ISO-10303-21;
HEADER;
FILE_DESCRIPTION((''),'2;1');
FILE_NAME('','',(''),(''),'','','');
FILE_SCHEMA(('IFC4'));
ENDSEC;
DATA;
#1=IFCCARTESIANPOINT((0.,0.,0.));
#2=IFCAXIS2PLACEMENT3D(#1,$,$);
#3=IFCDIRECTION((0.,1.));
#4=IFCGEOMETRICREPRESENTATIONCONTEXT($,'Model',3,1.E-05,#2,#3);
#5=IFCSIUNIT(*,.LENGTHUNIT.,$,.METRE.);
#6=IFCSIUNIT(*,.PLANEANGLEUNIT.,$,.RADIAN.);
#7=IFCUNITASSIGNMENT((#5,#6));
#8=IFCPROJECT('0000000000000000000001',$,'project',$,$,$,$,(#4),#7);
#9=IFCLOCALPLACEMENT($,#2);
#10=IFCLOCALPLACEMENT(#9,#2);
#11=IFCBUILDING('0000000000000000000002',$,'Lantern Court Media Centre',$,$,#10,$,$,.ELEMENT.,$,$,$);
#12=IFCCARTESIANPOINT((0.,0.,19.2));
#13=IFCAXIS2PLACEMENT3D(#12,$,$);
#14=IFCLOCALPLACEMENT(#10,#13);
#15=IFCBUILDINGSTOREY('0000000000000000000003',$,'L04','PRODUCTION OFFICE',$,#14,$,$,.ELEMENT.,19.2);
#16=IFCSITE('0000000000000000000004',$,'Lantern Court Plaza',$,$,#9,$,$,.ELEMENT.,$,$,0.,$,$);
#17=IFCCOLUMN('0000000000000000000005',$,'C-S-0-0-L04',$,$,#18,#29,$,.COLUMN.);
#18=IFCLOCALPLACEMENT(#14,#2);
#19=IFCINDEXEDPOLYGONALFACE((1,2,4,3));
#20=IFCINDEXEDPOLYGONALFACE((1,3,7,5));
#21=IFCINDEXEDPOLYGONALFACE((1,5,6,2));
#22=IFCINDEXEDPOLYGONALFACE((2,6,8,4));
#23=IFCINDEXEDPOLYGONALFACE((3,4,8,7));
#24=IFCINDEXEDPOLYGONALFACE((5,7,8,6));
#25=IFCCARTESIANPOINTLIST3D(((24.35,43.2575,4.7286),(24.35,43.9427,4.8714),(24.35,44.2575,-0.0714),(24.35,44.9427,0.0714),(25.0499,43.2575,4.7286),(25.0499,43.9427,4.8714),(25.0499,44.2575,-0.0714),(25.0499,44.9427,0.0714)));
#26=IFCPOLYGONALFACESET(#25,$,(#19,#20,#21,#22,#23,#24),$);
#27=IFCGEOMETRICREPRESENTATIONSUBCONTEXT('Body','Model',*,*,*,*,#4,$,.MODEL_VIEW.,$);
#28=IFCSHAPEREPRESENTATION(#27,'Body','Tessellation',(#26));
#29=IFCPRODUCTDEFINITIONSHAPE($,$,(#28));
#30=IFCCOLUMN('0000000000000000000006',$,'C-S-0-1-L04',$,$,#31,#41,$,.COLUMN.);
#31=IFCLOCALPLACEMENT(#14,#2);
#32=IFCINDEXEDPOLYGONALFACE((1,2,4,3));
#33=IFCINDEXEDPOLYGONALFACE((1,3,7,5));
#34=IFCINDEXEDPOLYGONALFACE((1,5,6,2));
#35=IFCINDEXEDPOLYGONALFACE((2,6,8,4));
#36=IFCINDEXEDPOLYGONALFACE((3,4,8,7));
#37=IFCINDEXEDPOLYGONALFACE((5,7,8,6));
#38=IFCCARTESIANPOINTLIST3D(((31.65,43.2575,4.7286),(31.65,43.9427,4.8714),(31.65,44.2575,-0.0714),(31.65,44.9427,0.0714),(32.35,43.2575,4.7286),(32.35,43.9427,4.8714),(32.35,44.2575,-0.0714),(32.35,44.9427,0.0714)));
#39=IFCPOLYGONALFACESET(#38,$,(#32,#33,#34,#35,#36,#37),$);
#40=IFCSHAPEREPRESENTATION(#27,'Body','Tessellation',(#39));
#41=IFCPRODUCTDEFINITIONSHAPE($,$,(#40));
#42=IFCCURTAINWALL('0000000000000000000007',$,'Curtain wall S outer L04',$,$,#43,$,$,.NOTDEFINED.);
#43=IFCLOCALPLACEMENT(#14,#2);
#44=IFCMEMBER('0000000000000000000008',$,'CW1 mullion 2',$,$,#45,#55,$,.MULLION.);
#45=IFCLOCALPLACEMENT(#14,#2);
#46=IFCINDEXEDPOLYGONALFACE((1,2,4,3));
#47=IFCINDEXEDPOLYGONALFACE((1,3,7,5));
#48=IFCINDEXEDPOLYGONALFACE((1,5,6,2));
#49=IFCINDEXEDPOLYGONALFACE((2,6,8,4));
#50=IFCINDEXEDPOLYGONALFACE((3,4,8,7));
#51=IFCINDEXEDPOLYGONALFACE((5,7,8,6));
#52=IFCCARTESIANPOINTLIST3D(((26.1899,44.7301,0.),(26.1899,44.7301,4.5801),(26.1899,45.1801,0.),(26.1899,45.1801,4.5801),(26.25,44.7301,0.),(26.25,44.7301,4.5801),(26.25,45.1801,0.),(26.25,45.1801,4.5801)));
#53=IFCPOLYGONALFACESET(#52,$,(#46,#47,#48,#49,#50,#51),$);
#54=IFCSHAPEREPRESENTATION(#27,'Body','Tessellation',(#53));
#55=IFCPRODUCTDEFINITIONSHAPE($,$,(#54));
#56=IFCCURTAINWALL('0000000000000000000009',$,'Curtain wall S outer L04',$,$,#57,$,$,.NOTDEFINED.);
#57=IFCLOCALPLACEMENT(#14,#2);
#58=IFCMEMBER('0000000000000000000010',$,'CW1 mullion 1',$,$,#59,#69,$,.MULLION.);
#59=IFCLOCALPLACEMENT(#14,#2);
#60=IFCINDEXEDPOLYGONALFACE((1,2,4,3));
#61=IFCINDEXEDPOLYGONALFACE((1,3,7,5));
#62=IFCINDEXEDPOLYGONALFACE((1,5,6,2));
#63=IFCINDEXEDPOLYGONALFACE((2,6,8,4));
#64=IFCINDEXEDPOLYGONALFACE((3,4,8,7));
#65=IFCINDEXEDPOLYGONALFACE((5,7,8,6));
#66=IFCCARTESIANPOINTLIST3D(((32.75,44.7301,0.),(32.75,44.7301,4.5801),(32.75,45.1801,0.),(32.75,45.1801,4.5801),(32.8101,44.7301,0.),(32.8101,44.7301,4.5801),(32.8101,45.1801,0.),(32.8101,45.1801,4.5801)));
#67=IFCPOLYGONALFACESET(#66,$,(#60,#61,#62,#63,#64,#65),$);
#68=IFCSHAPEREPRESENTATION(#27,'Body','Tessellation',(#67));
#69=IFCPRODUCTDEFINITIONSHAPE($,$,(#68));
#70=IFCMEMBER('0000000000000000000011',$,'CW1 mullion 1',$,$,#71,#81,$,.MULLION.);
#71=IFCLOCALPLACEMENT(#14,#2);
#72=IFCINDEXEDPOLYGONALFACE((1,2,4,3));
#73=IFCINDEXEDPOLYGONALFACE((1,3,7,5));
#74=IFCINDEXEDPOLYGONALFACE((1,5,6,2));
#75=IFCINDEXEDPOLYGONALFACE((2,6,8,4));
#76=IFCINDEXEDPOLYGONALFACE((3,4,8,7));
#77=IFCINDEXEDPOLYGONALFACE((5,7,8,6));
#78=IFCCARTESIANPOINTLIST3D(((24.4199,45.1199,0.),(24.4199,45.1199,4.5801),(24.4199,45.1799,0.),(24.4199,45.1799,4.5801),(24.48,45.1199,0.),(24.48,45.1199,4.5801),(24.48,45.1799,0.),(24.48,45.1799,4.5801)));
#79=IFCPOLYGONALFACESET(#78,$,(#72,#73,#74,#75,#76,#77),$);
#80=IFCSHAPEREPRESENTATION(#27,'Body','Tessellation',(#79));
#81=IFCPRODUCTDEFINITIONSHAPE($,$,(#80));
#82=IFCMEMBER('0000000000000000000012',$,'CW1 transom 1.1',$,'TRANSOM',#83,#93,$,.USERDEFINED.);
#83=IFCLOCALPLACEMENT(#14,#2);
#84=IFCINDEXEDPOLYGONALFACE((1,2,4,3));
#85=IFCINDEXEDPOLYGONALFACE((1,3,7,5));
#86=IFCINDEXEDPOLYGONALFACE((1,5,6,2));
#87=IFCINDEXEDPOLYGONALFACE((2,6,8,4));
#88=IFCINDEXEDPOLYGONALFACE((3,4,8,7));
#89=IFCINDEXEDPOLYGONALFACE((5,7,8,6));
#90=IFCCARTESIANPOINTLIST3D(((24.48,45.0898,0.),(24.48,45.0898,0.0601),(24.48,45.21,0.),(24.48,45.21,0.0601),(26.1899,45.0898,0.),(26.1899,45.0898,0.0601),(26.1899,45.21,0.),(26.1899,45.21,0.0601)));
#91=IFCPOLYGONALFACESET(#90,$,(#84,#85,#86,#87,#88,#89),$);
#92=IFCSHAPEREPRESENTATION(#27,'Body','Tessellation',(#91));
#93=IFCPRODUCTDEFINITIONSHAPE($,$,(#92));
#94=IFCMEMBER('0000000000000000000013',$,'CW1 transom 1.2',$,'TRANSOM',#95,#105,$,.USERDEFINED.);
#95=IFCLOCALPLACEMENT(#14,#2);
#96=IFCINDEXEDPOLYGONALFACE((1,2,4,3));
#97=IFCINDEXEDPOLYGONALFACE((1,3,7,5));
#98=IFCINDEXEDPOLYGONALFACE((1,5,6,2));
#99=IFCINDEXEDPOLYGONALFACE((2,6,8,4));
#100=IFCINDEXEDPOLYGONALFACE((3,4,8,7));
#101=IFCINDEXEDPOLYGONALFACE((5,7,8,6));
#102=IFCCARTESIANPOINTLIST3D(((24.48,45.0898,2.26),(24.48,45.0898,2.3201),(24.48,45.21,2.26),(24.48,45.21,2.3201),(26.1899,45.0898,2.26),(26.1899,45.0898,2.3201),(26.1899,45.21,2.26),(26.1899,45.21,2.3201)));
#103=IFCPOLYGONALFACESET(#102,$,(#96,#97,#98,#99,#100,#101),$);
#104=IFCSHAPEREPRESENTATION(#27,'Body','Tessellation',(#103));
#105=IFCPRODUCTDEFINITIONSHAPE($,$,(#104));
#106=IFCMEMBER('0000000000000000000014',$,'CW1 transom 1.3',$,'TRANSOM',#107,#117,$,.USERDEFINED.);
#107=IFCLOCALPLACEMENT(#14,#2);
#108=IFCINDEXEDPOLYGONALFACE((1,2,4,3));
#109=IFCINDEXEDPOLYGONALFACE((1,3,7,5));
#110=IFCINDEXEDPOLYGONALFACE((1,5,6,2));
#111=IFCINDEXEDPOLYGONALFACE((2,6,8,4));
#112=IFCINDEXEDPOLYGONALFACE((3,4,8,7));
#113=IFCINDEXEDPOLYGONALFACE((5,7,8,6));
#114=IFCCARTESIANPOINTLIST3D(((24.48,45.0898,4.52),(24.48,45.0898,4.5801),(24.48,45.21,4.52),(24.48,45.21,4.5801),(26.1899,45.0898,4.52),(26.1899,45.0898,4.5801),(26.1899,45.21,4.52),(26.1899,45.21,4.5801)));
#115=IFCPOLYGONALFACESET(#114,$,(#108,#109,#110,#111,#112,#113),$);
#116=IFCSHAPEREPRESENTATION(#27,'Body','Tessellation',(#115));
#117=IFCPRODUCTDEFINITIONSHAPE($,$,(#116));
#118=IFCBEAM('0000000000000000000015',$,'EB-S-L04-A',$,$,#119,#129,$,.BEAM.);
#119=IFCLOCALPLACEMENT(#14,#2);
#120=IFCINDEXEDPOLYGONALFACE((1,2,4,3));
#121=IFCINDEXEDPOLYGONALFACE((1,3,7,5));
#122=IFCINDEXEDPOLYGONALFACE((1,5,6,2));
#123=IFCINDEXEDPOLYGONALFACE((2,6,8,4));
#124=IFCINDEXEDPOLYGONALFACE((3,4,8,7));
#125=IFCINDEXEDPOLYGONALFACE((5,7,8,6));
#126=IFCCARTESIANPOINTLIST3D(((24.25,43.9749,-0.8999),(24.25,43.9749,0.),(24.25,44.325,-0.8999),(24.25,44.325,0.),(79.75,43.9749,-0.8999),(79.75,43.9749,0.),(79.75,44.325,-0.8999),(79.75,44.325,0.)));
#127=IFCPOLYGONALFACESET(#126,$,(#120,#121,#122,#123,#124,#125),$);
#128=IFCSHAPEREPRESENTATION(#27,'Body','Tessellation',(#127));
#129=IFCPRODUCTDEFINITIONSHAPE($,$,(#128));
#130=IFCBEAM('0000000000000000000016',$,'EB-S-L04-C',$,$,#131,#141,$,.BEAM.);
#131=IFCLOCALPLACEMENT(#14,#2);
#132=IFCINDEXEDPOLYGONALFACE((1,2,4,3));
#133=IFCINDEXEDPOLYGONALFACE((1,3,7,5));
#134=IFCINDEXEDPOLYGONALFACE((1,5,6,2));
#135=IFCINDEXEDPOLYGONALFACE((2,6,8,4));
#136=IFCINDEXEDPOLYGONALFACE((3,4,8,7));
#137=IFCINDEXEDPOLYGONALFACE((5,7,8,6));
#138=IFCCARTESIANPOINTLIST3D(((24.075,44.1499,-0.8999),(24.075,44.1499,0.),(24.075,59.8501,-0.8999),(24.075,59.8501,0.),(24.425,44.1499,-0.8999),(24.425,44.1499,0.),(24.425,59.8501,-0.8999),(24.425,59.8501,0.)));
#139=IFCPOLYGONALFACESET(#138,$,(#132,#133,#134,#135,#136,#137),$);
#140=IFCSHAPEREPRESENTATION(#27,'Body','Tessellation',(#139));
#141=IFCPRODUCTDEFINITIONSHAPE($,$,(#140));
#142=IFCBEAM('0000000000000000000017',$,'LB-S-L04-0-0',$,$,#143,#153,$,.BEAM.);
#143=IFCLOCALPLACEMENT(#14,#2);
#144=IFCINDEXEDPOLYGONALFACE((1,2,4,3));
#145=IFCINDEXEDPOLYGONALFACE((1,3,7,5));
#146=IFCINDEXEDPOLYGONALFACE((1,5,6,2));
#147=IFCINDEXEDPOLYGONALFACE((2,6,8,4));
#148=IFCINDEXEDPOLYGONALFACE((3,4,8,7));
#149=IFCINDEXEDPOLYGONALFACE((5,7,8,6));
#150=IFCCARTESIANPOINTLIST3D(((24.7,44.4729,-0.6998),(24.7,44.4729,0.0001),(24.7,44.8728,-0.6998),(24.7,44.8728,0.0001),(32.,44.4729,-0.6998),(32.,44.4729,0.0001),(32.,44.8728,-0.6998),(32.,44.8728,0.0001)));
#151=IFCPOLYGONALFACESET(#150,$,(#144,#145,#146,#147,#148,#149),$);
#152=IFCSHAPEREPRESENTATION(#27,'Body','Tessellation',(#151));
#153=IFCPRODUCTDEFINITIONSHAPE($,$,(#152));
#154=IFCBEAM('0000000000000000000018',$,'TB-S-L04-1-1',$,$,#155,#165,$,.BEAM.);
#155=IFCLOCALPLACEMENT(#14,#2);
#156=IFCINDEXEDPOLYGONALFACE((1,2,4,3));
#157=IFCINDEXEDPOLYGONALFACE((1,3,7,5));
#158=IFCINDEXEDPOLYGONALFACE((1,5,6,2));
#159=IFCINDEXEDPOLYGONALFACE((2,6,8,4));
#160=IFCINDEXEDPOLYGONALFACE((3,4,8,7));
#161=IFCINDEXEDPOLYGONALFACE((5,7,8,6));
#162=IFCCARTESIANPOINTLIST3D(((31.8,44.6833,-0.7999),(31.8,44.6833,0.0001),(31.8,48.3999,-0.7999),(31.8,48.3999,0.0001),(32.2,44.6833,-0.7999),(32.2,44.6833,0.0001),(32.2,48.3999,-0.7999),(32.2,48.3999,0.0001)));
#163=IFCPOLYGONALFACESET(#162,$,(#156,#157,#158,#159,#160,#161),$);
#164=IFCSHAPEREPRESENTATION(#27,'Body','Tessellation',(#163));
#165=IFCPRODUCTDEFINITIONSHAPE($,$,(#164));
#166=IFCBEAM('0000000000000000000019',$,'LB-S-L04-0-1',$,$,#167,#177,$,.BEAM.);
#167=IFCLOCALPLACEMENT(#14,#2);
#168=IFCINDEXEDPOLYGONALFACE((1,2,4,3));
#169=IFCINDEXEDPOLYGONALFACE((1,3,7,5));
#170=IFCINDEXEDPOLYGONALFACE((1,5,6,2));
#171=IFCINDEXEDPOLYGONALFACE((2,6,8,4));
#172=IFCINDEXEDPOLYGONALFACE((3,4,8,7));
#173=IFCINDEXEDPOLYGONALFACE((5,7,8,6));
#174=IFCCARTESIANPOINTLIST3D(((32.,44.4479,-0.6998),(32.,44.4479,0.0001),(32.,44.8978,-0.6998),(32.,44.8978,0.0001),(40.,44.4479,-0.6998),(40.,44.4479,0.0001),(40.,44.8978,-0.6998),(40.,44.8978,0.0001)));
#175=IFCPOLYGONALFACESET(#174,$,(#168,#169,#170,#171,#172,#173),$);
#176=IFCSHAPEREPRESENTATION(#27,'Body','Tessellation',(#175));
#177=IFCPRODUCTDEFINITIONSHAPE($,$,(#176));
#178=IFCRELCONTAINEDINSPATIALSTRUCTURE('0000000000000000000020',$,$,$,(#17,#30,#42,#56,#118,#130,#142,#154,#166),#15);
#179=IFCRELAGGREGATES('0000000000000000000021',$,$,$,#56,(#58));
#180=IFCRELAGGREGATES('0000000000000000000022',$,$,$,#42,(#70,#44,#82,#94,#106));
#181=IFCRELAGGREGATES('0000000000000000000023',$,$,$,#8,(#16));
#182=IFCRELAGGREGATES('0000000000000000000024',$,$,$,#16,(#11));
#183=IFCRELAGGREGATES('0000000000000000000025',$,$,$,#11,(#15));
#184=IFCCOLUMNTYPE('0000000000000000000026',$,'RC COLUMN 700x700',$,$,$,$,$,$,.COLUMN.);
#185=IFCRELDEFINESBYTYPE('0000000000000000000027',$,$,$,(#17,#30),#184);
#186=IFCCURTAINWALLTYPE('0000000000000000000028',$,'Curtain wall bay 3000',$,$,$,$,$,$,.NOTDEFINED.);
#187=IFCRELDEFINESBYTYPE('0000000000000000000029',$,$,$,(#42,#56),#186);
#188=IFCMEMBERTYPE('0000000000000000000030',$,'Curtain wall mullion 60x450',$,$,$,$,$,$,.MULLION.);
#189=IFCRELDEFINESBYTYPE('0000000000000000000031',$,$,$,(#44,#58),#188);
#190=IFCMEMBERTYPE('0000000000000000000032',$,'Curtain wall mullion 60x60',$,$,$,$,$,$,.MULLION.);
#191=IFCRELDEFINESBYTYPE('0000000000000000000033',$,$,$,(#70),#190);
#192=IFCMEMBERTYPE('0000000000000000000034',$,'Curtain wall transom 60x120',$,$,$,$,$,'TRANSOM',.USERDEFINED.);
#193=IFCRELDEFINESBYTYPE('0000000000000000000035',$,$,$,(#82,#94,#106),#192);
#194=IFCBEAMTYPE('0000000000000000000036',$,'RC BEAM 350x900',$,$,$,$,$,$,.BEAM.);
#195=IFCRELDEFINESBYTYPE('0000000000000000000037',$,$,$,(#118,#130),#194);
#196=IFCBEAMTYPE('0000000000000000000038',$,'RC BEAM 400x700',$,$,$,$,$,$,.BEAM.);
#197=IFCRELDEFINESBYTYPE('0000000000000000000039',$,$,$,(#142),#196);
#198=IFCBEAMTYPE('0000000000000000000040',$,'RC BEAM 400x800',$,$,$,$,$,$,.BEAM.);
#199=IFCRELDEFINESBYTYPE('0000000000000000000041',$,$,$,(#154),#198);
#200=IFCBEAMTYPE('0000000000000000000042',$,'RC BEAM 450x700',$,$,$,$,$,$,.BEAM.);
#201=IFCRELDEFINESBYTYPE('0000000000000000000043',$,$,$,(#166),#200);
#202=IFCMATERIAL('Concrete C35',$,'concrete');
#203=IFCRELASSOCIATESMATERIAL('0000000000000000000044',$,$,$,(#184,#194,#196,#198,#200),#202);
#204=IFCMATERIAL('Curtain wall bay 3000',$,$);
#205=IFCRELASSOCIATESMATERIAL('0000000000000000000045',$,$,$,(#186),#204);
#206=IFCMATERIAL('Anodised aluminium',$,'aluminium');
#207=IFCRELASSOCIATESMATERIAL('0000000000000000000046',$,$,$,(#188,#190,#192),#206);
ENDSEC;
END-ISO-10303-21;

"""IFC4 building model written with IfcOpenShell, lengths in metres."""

from ifc_helpers import new_model, si_unit, direction, frame, origin, origin_2d, place, context, subcontext, project, spatial, rectangle, extrude, material, material_profile, profile_set, type_object, element, aggregate, save


model = new_model("IFC4")

# Units and contexts
model_context = context("Model", 3, precision=1e-05, world=origin(), true_north=direction((0.0, 1.0)))
body_context = subcontext(model_context, "Body", "Model", "MODEL_VIEW")
ifc_project = project(units=[si_unit("LENGTHUNIT", "METRE"), si_unit("PLANEANGLEUNIT", "RADIAN")], contexts=[model_context])

# Site, building, storey
site_placement = place(None, origin())
site = spatial("IfcSite", under=ifc_project, at=site_placement, Name="Lantern Court Plaza", CompositionType="ELEMENT", RefElevation=0.0)
building_placement = place(site_placement, origin())
building = spatial("IfcBuilding", under=site, at=building_placement, Name="Lantern Court Media Centre", CompositionType="ELEMENT")
storey_placement = place(building_placement, frame((0.0, 0.0, 19.2)))
storey = spatial("IfcBuildingStorey", under=building, at=storey_placement, Name="L04", Description="PRODUCTION OFFICE", CompositionType="ELEMENT", Elevation=19.2)

# Columns
ifc_material_1 = material(Name="Concrete C35", Category="concrete")
ifc_material_profile_1 = material_profile(ifc_material_1, rectangle(XDim=0.7, YDim=0.7, at=origin_2d()), Name="RC 700x700")
ifc_profile_set_1 = profile_set([ifc_material_profile_1], Name="Concrete C35")
column_type = type_object("IfcColumnType", Name="RC COLUMN 700x700", PredefinedType="COLUMN", material=ifc_profile_set_1)
for number, where, z_axis, x_axis, name in (
    (1, (24.7, 44.6001, 0.0), (0.0, -0.203952, 0.978981), (1.0, 0.0, 0.0), "C-S-0-0-L04"),
    (2, (32.0, 44.6001, 0.0), (0.0, -0.203952, 0.978981), (1.0, 0.0, 0.0), "C-S-0-1-L04"),
):
    element("IfcColumn", number, at=place(storey_placement, frame(where, z_axis=z_axis, x_axis=x_axis)), inside=storey, type_object=column_type, Name=name, PredefinedType="COLUMN", context=body_context, shape_type="SweptSolid", body=[
        extrude(rectangle(XDim=0.7, YDim=0.7, at=origin_2d()), origin(), (0.0, 0.0, 1.0), 4.9031),
    ])

# Curtain walls, members
ifc_material_2 = material(Name="Curtain wall bay 3000")
curtain_wall_type = type_object("IfcCurtainWallType", Name="Curtain wall bay 3000", PredefinedType="NOTDEFINED", material=ifc_material_2)
curtain_wall_1_placement = place(storey_placement, origin())
curtain_wall_1 = element("IfcCurtainWall", 3, at=curtain_wall_1_placement, inside=storey, type_object=curtain_wall_type, Name="Curtain wall S outer L04", PredefinedType="NOTDEFINED")
ifc_material_3 = material(Name="Anodised aluminium", Category="aluminium")
ifc_material_profile_2 = material_profile(ifc_material_3, rectangle(XDim=0.45, YDim=0.0601, at=origin_2d()), Name="AL 60x450")
ifc_profile_set_2 = profile_set([ifc_material_profile_2], Name="Anodised aluminium")
member_type_1 = type_object("IfcMemberType", Name="Curtain wall mullion 60x450", PredefinedType="MULLION", material=ifc_profile_set_2)
member_1_placement = place(storey_placement, frame((26.22, 44.9551, 0.0), z_axis=(0.0, 0.0, 1.0), x_axis=(0.0, 1.0, 0.0)))
member_1 = element("IfcMember", 4, at=member_1_placement, type_object=member_type_1, Name="CW1 mullion 2", PredefinedType="MULLION", context=body_context, shape_type="SweptSolid", body=[
    extrude(rectangle(XDim=0.45, YDim=0.0601, at=origin_2d()), origin(), (0.0, 0.0, 1.0), 4.5801),
])
curtain_wall_2_placement = place(storey_placement, origin())
curtain_wall_2 = element("IfcCurtainWall", 5, at=curtain_wall_2_placement, inside=storey, type_object=curtain_wall_type, Name="Curtain wall S outer L04", PredefinedType="NOTDEFINED")
member_2_placement = place(storey_placement, frame((32.78, 44.9551, 0.0), z_axis=(0.0, 0.0, 1.0), x_axis=(0.0, 1.0, 0.0)))
member_2 = element("IfcMember", 6, at=member_2_placement, type_object=member_type_1, Name="CW1 mullion 1", PredefinedType="MULLION", context=body_context, shape_type="SweptSolid", body=[
    extrude(rectangle(XDim=0.45, YDim=0.0601, at=origin_2d()), origin(), (0.0, 0.0, 1.0), 4.5801),
])
aggregate(curtain_wall_2, [member_2])

# Members
ifc_material_profile_3 = material_profile(ifc_material_3, rectangle(XDim=0.0601, YDim=0.0601, at=origin_2d()), Name="AL 60x60")
ifc_profile_set_3 = profile_set([ifc_material_profile_3], Name="Anodised aluminium")
member_type_2 = type_object("IfcMemberType", Name="Curtain wall mullion 60x60", PredefinedType="MULLION", material=ifc_profile_set_3)
member_3_placement = place(storey_placement, frame((24.45, 45.1499, 0.0), z_axis=(0.0, 0.0, 1.0), x_axis=(0.0, 1.0, 0.0)))
member_3 = element("IfcMember", 7, at=member_3_placement, type_object=member_type_2, Name="CW1 mullion 1", PredefinedType="MULLION", context=body_context, shape_type="SweptSolid", body=[
    extrude(rectangle(XDim=0.0601, YDim=0.0601, at=origin_2d()), origin(), (0.0, 0.0, 1.0), 4.5801),
])
ifc_material_profile_4 = material_profile(ifc_material_3, rectangle(XDim=0.1201, YDim=0.0601, at=origin_2d()), Name="AL 60x120")
ifc_profile_set_4 = profile_set([ifc_material_profile_4], Name="Anodised aluminium")
member_type_3 = type_object("IfcMemberType", Name="Curtain wall transom 60x120", ElementType="TRANSOM", PredefinedType="USERDEFINED", material=ifc_profile_set_4)
member_4_placement = place(storey_placement, frame((24.48, 45.1499, 0.03), z_axis=(1.0, 0.0, 0.0), x_axis=(0.0, 1.0, 0.0)))
member_4 = element("IfcMember", 8, at=member_4_placement, type_object=member_type_3, Name="CW1 transom 1.1", ObjectType="TRANSOM", PredefinedType="USERDEFINED", context=body_context, shape_type="SweptSolid", body=[
    extrude(rectangle(XDim=0.1201, YDim=0.0601, at=origin_2d()), origin(), (0.0, 0.0, 1.0), 1.71),
])
member_5_placement = place(storey_placement, frame((24.48, 45.1499, 2.29), z_axis=(1.0, 0.0, 0.0), x_axis=(0.0, 1.0, 0.0)))
member_5 = element("IfcMember", 9, at=member_5_placement, type_object=member_type_3, Name="CW1 transom 1.2", ObjectType="TRANSOM", PredefinedType="USERDEFINED", context=body_context, shape_type="SweptSolid", body=[
    extrude(rectangle(XDim=0.1201, YDim=0.0601, at=origin_2d()), origin(), (0.0, 0.0, 1.0), 1.71),
])
member_6_placement = place(storey_placement, frame((24.48, 45.1499, 4.55), z_axis=(1.0, 0.0, 0.0), x_axis=(0.0, 1.0, 0.0)))
member_6 = element("IfcMember", 10, at=member_6_placement, type_object=member_type_3, Name="CW1 transom 1.3", ObjectType="TRANSOM", PredefinedType="USERDEFINED", context=body_context, shape_type="SweptSolid", body=[
    extrude(rectangle(XDim=0.1201, YDim=0.0601, at=origin_2d()), origin(), (0.0, 0.0, 1.0), 1.71),
])

# Beams
ifc_material_profile_5 = material_profile(ifc_material_1, rectangle(XDim=0.3501, YDim=0.8999, at=origin_2d()), Name="RC 350x900")
ifc_profile_set_5 = profile_set([ifc_material_profile_5], Name="Concrete C35")
beam_type_1 = type_object("IfcBeamType", Name="RC BEAM 350x900", PredefinedType="BEAM", material=ifc_profile_set_5)
beam_1_placement = place(storey_placement, frame((24.25, 44.1499, -0.45), z_axis=(1.0, 0.0, 0.0), x_axis=(0.0, 1.0, 0.0)))
element("IfcBeam", 11, at=beam_1_placement, inside=storey, type_object=beam_type_1, Name="EB-S-L04-A", PredefinedType="BEAM", context=body_context, shape_type="SweptSolid", body=[
    extrude(rectangle(XDim=0.3501, YDim=0.8999, at=origin_2d()), origin(), (0.0, 0.0, 1.0), 55.5),
])
beam_2_placement = place(storey_placement, frame((24.25, 44.1499, -0.45), z_axis=(0.0, 1.0, 0.0), x_axis=(-1.0, 0.0, 0.0)))
element("IfcBeam", 12, at=beam_2_placement, inside=storey, type_object=beam_type_1, Name="EB-S-L04-C", PredefinedType="BEAM", context=body_context, shape_type="SweptSolid", body=[
    extrude(rectangle(XDim=0.3501, YDim=0.8999, at=origin_2d()), origin(), (0.0, 0.0, 1.0), 15.7002),
])
ifc_material_profile_6 = material_profile(ifc_material_1, rectangle(XDim=0.3999, YDim=0.7, at=origin_2d()), Name="RC 400x700")
ifc_profile_set_6 = profile_set([ifc_material_profile_6], Name="Concrete C35")
beam_type_2 = type_object("IfcBeamType", Name="RC BEAM 400x700", PredefinedType="BEAM", material=ifc_profile_set_6)
beam_3_placement = place(storey_placement, frame((24.7, 44.6729, -0.3499), z_axis=(1.0, 0.0, 0.0), x_axis=(0.0, 1.0, 0.0)))
element("IfcBeam", 13, at=beam_3_placement, inside=storey, type_object=beam_type_2, Name="LB-S-L04-0-0", PredefinedType="BEAM", context=body_context, shape_type="SweptSolid", body=[
    extrude(rectangle(XDim=0.3999, YDim=0.7, at=origin_2d()), origin(), (0.0, 0.0, 1.0), 7.3),
])
ifc_material_profile_7 = material_profile(ifc_material_1, rectangle(XDim=0.3999, YDim=0.8, at=origin_2d()), Name="RC 400x800")
ifc_profile_set_7 = profile_set([ifc_material_profile_7], Name="Concrete C35")
beam_type_3 = type_object("IfcBeamType", Name="RC BEAM 400x800", PredefinedType="BEAM", material=ifc_profile_set_7)
beam_4_placement = place(storey_placement, frame((32.0, 44.6833, -0.3999), z_axis=(0.0, 1.0, 0.0), x_axis=(-1.0, 0.0, 0.0)))
element("IfcBeam", 14, at=beam_4_placement, inside=storey, type_object=beam_type_3, Name="TB-S-L04-1-1", PredefinedType="BEAM", context=body_context, shape_type="SweptSolid", body=[
    extrude(rectangle(XDim=0.3999, YDim=0.8, at=origin_2d()), origin(), (0.0, 0.0, 1.0), 3.7166),
])
ifc_material_profile_8 = material_profile(ifc_material_1, rectangle(XDim=0.45, YDim=0.7, at=origin_2d()), Name="RC 450x700")
ifc_profile_set_8 = profile_set([ifc_material_profile_8], Name="Concrete C35")
beam_type_4 = type_object("IfcBeamType", Name="RC BEAM 450x700", PredefinedType="BEAM", material=ifc_profile_set_8)
beam_5_placement = place(storey_placement, frame((32.0, 44.6729, -0.3499), z_axis=(1.0, 0.0, 0.0), x_axis=(0.0, 1.0, 0.0)))
element("IfcBeam", 15, at=beam_5_placement, inside=storey, type_object=beam_type_4, Name="LB-S-L04-0-1", PredefinedType="BEAM", context=body_context, shape_type="SweptSolid", body=[
    extrude(rectangle(XDim=0.45, YDim=0.7, at=origin_2d()), origin(), (0.0, 0.0, 1.0), 8.0),
])

aggregate(curtain_wall_1, [member_3, member_1, member_4, member_5, member_6])

save(model, "model.ifc")
